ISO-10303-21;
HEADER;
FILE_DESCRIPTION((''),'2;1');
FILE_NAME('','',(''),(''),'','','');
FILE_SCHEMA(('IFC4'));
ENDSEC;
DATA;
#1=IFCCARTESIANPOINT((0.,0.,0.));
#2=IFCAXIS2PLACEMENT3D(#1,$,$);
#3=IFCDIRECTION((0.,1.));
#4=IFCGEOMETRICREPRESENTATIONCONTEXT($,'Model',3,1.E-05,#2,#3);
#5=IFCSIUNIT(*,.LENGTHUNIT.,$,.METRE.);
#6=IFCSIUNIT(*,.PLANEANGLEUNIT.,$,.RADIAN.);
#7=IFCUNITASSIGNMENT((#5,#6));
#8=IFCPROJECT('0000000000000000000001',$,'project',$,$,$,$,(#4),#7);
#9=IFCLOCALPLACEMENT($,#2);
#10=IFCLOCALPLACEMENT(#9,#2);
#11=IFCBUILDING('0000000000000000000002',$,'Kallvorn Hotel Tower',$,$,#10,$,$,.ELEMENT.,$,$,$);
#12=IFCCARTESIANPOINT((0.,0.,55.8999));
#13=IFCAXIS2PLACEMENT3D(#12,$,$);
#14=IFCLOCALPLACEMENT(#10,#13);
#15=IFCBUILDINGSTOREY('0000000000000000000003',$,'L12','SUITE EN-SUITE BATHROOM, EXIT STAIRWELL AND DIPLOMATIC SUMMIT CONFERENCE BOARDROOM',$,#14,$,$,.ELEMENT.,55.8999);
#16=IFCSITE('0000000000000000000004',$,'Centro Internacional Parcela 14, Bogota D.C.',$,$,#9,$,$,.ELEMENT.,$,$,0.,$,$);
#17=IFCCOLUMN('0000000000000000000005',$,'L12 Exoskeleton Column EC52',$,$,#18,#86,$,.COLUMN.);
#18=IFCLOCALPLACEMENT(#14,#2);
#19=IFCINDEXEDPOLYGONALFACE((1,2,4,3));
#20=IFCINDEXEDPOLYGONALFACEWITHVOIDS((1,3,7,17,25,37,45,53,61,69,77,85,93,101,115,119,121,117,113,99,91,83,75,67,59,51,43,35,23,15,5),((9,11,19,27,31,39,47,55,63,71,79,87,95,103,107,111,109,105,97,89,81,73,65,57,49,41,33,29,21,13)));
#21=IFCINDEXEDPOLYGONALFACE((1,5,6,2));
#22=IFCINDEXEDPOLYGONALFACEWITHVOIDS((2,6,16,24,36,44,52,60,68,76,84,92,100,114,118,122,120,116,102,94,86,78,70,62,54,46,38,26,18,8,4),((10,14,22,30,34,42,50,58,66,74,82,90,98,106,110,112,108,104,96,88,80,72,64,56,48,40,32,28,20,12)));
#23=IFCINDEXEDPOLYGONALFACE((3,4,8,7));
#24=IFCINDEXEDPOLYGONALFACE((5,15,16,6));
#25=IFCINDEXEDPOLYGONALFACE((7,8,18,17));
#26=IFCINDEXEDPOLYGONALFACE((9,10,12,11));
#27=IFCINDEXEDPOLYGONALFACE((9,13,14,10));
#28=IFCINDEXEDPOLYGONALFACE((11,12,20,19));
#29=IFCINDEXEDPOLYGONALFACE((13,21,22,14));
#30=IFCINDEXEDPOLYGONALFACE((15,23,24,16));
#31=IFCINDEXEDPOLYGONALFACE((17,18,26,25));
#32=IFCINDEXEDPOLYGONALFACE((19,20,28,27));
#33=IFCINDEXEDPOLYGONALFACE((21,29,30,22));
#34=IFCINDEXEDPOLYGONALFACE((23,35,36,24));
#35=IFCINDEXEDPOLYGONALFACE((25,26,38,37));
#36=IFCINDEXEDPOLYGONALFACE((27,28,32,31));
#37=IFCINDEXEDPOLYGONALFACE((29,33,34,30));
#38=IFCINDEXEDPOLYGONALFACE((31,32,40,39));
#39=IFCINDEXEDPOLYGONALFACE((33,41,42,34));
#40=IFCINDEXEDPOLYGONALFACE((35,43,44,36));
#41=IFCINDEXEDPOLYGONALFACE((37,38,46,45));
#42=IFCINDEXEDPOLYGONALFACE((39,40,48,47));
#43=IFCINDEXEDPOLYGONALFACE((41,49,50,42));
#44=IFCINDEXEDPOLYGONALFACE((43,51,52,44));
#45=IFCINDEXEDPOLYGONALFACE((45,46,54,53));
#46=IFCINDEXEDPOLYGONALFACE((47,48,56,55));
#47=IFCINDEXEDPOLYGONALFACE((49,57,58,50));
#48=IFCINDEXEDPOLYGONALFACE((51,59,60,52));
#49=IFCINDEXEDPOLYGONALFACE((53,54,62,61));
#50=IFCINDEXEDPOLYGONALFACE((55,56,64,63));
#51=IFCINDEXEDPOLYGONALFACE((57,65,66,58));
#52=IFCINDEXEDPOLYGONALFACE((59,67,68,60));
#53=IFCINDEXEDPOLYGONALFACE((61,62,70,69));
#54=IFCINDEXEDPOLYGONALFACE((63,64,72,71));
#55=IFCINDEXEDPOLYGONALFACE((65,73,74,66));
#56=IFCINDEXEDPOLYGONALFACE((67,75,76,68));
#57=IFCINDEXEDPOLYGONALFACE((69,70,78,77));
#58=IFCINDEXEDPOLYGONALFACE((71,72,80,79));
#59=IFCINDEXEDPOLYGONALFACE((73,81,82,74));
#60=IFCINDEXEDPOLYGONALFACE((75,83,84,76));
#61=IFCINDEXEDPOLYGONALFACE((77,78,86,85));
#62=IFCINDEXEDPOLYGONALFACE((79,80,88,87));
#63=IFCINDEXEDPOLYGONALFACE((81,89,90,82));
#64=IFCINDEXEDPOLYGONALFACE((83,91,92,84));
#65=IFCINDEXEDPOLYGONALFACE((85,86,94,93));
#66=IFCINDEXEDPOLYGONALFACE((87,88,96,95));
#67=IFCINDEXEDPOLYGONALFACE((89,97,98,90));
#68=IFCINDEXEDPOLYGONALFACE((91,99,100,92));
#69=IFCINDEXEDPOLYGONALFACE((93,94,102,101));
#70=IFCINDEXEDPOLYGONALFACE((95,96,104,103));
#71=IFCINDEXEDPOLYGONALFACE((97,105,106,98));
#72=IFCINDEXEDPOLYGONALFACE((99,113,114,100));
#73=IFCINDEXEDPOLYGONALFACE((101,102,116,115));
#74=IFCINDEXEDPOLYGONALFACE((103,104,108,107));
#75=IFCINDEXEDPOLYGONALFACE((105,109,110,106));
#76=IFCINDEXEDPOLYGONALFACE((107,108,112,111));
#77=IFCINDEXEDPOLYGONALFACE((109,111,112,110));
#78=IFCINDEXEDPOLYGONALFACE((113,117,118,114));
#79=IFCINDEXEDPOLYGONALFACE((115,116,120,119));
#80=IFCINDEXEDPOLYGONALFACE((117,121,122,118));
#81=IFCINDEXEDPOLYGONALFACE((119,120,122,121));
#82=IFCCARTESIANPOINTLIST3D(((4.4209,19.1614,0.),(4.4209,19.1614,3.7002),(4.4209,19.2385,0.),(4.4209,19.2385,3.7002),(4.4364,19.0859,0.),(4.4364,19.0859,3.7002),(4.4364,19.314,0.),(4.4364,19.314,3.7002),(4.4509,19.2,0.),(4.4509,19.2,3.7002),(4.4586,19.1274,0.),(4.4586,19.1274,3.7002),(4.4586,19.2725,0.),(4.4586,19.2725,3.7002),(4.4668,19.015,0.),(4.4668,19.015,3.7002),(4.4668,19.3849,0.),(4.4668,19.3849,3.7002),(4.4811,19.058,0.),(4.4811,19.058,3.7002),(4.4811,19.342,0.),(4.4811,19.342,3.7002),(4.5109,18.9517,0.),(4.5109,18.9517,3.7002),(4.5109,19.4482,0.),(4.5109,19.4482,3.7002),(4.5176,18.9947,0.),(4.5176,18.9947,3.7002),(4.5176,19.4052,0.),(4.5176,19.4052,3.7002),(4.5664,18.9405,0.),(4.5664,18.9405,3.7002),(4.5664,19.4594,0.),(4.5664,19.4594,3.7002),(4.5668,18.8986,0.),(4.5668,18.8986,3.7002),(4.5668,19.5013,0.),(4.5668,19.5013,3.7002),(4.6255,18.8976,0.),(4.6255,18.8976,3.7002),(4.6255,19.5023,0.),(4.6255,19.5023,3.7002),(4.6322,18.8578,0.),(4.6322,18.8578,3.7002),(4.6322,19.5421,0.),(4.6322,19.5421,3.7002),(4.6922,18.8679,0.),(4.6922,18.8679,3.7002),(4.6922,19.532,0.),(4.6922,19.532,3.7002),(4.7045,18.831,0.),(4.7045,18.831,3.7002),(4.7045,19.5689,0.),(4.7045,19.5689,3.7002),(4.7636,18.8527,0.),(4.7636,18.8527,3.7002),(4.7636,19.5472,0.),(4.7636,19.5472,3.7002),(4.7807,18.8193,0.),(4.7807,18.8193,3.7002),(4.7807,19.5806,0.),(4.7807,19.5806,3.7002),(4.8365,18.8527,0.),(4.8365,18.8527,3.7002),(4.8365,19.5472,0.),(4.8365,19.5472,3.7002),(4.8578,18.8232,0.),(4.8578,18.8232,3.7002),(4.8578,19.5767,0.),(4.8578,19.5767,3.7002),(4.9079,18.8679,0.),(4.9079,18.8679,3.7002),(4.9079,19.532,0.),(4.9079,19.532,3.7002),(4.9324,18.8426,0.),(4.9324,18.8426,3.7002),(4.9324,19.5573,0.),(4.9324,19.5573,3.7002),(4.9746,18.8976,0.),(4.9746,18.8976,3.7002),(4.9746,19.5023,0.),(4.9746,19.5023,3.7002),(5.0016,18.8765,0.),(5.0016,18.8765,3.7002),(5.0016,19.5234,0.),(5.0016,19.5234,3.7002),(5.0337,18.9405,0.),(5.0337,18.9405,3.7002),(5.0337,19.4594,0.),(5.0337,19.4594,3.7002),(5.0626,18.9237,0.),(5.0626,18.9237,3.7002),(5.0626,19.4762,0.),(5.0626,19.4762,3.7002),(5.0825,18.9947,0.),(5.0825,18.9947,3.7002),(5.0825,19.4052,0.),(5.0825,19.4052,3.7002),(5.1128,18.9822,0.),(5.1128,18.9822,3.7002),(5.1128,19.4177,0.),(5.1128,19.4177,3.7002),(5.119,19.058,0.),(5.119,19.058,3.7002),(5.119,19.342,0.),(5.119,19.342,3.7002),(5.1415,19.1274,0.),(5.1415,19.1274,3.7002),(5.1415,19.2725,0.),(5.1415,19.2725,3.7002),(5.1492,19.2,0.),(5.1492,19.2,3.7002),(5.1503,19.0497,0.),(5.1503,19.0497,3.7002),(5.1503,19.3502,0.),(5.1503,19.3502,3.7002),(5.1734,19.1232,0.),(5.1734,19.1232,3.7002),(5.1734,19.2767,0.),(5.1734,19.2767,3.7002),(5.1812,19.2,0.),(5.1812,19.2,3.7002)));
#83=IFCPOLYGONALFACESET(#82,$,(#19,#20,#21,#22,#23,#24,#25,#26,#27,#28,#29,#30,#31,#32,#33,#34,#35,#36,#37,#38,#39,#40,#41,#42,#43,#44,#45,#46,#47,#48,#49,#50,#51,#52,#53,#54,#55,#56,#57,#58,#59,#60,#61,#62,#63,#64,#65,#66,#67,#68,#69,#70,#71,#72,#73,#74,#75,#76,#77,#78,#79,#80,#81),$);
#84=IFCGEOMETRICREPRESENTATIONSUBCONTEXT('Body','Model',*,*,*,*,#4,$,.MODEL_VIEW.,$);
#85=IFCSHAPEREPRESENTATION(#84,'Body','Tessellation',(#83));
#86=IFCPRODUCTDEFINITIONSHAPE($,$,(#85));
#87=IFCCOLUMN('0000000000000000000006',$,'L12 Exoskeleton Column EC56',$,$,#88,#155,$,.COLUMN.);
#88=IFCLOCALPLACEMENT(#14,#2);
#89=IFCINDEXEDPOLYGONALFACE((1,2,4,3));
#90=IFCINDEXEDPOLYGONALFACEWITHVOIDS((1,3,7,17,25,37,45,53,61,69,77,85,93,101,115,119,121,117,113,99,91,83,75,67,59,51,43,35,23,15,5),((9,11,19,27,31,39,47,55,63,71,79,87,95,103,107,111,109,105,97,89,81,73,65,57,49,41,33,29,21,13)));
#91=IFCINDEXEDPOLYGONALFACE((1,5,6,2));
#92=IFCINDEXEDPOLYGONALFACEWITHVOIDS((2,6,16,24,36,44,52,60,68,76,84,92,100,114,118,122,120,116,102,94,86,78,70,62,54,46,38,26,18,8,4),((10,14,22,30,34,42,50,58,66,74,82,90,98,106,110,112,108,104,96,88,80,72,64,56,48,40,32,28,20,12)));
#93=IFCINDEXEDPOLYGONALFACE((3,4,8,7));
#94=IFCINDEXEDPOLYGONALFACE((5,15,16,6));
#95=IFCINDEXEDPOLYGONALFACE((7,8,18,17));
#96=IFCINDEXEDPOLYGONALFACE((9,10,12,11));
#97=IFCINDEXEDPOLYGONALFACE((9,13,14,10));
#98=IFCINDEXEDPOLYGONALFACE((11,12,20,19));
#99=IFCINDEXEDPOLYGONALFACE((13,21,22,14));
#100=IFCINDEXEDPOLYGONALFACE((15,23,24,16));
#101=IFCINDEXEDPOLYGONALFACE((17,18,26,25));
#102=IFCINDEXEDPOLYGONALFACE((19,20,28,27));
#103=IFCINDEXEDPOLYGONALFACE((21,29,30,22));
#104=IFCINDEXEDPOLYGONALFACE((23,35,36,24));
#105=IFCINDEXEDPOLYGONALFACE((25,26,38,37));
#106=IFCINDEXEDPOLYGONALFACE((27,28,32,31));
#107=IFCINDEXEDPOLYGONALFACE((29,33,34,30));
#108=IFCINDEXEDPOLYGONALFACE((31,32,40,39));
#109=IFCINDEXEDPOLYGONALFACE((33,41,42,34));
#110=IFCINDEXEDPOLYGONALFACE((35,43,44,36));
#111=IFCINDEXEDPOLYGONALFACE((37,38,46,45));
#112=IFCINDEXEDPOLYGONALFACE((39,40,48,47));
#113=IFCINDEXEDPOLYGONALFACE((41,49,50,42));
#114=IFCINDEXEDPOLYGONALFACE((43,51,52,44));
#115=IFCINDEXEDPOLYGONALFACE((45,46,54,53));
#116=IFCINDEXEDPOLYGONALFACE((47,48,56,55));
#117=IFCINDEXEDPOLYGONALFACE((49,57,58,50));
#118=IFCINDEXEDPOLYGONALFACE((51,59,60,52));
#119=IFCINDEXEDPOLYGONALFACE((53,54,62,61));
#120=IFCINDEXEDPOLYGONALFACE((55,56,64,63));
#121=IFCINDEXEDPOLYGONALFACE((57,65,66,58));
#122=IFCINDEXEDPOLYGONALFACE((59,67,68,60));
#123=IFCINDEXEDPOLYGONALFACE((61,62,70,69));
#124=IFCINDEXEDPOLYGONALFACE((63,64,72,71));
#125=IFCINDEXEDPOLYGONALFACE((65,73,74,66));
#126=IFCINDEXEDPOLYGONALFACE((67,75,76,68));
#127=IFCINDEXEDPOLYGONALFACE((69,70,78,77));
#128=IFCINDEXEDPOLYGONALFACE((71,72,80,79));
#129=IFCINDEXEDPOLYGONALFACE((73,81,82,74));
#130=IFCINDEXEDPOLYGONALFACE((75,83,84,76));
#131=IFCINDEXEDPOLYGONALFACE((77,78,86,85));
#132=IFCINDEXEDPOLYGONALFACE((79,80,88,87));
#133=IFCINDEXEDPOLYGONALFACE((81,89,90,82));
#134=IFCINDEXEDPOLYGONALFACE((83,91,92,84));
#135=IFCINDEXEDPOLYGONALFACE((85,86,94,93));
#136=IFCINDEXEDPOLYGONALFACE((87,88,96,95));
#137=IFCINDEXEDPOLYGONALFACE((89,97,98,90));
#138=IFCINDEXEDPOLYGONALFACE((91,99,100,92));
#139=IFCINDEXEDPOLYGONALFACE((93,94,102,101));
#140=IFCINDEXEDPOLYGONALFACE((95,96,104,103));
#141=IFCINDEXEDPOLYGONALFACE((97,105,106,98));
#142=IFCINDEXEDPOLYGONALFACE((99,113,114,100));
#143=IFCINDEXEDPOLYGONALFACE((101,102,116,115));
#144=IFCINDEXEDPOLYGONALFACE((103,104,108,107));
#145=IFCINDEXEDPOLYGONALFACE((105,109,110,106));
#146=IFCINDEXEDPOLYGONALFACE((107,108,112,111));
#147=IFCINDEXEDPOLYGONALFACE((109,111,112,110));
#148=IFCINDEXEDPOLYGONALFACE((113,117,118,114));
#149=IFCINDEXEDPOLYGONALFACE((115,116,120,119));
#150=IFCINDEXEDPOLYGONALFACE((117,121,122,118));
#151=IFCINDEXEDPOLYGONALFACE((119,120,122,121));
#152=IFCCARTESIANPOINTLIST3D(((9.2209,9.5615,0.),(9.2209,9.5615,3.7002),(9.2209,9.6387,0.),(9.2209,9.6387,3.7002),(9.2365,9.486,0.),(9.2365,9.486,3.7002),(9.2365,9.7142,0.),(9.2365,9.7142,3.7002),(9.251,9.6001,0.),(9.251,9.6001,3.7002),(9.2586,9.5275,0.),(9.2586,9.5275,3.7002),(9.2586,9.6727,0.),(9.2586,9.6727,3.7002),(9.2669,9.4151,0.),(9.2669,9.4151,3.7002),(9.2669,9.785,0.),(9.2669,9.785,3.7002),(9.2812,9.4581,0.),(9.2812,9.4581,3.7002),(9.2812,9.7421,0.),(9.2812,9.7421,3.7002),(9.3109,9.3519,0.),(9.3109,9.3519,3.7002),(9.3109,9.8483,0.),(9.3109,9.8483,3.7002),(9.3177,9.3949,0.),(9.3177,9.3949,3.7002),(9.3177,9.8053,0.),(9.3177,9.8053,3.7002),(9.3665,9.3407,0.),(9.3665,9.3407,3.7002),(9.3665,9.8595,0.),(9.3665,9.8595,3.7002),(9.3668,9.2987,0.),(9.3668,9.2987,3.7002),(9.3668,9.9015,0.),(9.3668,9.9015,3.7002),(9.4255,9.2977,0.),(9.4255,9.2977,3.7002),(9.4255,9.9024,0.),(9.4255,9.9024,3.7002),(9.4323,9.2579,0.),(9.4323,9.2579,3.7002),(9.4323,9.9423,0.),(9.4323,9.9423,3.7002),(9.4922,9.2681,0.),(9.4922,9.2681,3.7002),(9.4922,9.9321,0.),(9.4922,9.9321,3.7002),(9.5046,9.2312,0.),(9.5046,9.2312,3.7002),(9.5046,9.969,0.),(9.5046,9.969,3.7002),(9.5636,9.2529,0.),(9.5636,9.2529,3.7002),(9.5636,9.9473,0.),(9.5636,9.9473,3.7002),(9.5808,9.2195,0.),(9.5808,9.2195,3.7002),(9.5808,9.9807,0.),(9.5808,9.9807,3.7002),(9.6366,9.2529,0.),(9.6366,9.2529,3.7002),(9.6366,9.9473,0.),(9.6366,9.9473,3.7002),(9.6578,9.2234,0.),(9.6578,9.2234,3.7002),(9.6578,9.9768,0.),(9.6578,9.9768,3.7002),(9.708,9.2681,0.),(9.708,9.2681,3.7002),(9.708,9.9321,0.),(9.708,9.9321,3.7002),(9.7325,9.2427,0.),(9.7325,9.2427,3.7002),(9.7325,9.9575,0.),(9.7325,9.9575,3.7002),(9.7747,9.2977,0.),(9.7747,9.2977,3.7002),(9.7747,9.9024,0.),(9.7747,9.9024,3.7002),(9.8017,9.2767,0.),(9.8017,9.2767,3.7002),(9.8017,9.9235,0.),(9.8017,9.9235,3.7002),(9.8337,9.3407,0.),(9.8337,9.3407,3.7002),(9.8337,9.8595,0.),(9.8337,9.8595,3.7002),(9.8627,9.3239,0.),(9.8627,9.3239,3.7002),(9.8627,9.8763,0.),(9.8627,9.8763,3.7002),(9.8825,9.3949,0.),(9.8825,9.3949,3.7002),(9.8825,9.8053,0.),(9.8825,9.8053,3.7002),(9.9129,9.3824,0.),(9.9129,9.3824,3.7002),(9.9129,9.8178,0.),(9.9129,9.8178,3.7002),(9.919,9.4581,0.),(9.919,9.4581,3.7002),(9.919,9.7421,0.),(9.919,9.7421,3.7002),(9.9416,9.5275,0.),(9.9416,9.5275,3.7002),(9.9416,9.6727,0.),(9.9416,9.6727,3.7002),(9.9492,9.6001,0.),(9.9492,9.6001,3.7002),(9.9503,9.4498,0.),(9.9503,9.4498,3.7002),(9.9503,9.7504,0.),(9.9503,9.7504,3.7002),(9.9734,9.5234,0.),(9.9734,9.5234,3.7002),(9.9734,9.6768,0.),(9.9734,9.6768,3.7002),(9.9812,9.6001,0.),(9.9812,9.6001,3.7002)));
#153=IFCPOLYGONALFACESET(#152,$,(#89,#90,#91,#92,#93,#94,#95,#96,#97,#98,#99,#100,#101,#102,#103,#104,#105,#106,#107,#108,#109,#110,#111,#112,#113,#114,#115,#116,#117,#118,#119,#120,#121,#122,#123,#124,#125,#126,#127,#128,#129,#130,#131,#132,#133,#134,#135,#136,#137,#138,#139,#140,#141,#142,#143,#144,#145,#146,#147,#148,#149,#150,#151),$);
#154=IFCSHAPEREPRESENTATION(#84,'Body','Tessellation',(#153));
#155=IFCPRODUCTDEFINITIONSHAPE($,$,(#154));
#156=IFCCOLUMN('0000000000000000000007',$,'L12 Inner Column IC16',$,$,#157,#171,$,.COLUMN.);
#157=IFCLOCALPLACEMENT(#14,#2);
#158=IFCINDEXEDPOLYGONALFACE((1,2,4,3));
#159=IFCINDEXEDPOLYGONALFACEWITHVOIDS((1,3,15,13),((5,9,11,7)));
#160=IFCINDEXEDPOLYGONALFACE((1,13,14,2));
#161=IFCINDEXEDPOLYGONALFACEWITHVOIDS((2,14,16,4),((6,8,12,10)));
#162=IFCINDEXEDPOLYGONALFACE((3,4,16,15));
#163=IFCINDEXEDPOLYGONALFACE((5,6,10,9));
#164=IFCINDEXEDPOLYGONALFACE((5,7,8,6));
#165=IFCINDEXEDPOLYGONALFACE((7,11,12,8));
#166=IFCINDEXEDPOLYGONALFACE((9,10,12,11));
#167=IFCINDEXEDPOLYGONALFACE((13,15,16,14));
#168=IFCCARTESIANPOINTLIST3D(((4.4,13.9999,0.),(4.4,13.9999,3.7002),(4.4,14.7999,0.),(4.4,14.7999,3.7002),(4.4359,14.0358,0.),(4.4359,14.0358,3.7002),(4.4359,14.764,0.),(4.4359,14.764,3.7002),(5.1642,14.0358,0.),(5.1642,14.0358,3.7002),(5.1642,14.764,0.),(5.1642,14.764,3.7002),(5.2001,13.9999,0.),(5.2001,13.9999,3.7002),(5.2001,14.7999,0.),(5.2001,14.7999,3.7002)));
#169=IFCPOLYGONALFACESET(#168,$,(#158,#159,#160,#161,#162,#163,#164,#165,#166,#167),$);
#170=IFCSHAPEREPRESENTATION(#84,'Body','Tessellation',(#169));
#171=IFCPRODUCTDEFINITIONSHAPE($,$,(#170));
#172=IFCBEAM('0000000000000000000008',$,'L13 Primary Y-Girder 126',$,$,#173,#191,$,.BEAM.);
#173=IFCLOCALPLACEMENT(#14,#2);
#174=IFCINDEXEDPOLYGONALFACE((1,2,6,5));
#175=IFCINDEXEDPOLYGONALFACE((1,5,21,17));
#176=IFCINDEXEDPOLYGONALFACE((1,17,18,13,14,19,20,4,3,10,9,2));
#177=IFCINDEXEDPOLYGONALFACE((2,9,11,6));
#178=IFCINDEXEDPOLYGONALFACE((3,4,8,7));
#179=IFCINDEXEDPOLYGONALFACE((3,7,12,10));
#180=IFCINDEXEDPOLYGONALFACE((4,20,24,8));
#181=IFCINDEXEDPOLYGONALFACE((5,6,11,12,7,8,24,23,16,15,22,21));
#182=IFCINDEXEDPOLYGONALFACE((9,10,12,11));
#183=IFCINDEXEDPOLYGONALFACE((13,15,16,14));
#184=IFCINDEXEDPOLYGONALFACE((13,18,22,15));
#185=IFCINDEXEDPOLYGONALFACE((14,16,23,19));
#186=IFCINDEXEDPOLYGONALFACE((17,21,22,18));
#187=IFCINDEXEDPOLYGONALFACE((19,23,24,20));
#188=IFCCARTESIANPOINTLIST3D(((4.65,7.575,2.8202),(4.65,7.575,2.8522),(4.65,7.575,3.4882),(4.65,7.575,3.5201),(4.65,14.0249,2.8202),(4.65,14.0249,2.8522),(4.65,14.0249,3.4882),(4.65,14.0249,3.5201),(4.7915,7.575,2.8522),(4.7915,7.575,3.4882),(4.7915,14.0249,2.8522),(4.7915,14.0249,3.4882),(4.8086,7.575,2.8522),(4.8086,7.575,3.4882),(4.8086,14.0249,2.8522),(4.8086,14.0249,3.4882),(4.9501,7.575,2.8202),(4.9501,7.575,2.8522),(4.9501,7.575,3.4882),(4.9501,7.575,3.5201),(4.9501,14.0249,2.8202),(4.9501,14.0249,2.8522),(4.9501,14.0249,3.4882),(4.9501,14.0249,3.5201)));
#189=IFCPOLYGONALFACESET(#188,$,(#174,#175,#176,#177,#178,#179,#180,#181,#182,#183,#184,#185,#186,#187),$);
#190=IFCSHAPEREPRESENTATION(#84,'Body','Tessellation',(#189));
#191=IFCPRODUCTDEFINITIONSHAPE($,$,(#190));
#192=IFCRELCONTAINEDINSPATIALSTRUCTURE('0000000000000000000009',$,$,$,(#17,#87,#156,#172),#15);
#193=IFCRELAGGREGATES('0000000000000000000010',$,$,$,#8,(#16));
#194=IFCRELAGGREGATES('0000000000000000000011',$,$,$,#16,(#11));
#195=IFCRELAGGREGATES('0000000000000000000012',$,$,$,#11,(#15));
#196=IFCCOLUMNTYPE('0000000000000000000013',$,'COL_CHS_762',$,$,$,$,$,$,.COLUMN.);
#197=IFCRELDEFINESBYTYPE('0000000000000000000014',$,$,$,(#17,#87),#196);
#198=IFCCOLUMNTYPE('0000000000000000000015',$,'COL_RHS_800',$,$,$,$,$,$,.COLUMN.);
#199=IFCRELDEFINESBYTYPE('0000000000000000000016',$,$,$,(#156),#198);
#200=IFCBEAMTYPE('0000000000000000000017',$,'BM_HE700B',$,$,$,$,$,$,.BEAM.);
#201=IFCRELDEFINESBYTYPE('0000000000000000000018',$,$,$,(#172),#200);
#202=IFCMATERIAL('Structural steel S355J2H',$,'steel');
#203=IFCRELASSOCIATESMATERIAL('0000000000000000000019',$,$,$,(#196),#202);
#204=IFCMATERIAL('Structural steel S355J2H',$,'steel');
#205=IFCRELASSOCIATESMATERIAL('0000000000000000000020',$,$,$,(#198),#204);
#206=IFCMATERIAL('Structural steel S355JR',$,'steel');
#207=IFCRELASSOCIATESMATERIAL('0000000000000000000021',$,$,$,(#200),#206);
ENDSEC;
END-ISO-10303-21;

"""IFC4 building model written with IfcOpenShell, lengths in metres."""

from ifc_helpers import new_model, si_unit, direction, frame, origin, origin_2d, place, context, subcontext, project, spatial, hollow_rectangle, hollow_circle, i_section, extrude, material, material_profile, profile_set, type_object, element, save


model = new_model("IFC4")

# Units and contexts
model_context = context("Model", 3, precision=1e-05, world=origin(), true_north=direction((0.0, 1.0)))
body_context = subcontext(model_context, "Body", "Model", "MODEL_VIEW")
ifc_project = project(units=[si_unit("LENGTHUNIT", "METRE"), si_unit("PLANEANGLEUNIT", "RADIAN")], contexts=[model_context])

# Site, building, storey
site_placement = place(None, origin())
site = spatial("IfcSite", under=ifc_project, at=site_placement, Name="Centro Internacional Parcela 14, Bogota D.C.", CompositionType="ELEMENT", RefElevation=0.0)
building_placement = place(site_placement, origin())
building = spatial("IfcBuilding", under=site, at=building_placement, Name="Kallvorn Hotel Tower", CompositionType="ELEMENT")
storey_placement = place(building_placement, frame((0.0, 0.0, 55.8999)))
storey = spatial("IfcBuildingStorey", under=building, at=storey_placement, Name="L12", Description="SUITE EN-SUITE BATHROOM, EXIT STAIRWELL AND DIPLOMATIC SUMMIT CONFERENCE BOARDROOM", CompositionType="ELEMENT", Elevation=55.8999)

# Columns
ifc_material_1 = material(Name="Structural steel S355J2H", Category="steel")
ifc_material_profile_1 = material_profile(ifc_material_1, hollow_circle(Radius=0.3811, WallThickness=0.032, at=origin_2d()), Name="CHS 762x32")
ifc_profile_set_1 = profile_set([ifc_material_profile_1], Name="Structural steel S355J2H")
column_type_1 = type_object("IfcColumnType", Name="COL_CHS_762", PredefinedType="COLUMN", material=ifc_profile_set_1)
for number, where, z_axis, x_axis, name in (
    (1, (4.8, 19.2, 0.0), (0.0, 0.0, 1.0), (1.0, 0.0, 0.0), "L12 Exoskeleton Column EC52"),
    (2, (9.6001, 9.6001, 0.0), (0.0, 0.0, 1.0), (1.0, 0.0, 0.0), "L12 Exoskeleton Column EC56"),
):
    element("IfcColumn", number, at=place(storey_placement, frame(where, z_axis=z_axis, x_axis=x_axis)), inside=storey, type_object=column_type_1, Name=name, PredefinedType="COLUMN", context=body_context, shape_type="SweptSolid", body=[
        extrude(hollow_circle(Radius=0.3811, WallThickness=0.032, at=origin_2d()), origin(), (0.0, 0.0, 1.0), 3.7002),
    ])
ifc_material_2 = material(Name="Structural steel S355J2H", Category="steel")
ifc_material_profile_2 = material_profile(ifc_material_2, hollow_rectangle(XDim=0.8, YDim=0.8, WallThickness=0.0359, at=origin_2d()), Name="RHS 800x800x36")
ifc_profile_set_2 = profile_set([ifc_material_profile_2], Name="Structural steel S355J2H")
column_type_2 = type_object("IfcColumnType", Name="COL_RHS_800", PredefinedType="COLUMN", material=ifc_profile_set_2)
column_placement = place(storey_placement, frame((4.8, 14.3999, 0.0), z_axis=(0.0, 0.0, 1.0), x_axis=(1.0, 0.0, 0.0)))
element("IfcColumn", 3, at=column_placement, inside=storey, type_object=column_type_2, Name="L12 Inner Column IC16", PredefinedType="COLUMN", context=body_context, shape_type="SweptSolid", body=[
    extrude(hollow_rectangle(XDim=0.8, YDim=0.8, WallThickness=0.0359, at=origin_2d()), origin(), (0.0, 0.0, 1.0), 3.7002),
])

# Beam
ifc_material_3 = material(Name="Structural steel S355JR", Category="steel")
ifc_material_profile_3 = material_profile(ifc_material_3, i_section(OverallWidth=0.3, OverallDepth=0.7, WebThickness=0.0171, FlangeThickness=0.032, at=origin_2d()), Name="HE 700 B")
ifc_profile_set_3 = profile_set([ifc_material_profile_3], Name="Structural steel S355JR")
beam_type_1 = type_object("IfcBeamType", Name="BM_HE700B", PredefinedType="BEAM", material=ifc_profile_set_3)
beam_1_placement = place(storey_placement, frame((4.8, 7.575, 3.1702), z_axis=(0.0, 1.0, 0.0), x_axis=(-1.0, 0.0, 0.0)))
element("IfcBeam", 4, at=beam_1_placement, inside=storey, type_object=beam_type_1, Name="L13 Primary Y-Girder 126", PredefinedType="BEAM", context=body_context, shape_type="SweptSolid", body=[
    extrude(i_section(OverallWidth=0.3, OverallDepth=0.7, WebThickness=0.0171, FlangeThickness=0.032, at=origin_2d()), origin(), (0.0, 0.0, 1.0), 6.45),
])

save(model, "model.ifc")
